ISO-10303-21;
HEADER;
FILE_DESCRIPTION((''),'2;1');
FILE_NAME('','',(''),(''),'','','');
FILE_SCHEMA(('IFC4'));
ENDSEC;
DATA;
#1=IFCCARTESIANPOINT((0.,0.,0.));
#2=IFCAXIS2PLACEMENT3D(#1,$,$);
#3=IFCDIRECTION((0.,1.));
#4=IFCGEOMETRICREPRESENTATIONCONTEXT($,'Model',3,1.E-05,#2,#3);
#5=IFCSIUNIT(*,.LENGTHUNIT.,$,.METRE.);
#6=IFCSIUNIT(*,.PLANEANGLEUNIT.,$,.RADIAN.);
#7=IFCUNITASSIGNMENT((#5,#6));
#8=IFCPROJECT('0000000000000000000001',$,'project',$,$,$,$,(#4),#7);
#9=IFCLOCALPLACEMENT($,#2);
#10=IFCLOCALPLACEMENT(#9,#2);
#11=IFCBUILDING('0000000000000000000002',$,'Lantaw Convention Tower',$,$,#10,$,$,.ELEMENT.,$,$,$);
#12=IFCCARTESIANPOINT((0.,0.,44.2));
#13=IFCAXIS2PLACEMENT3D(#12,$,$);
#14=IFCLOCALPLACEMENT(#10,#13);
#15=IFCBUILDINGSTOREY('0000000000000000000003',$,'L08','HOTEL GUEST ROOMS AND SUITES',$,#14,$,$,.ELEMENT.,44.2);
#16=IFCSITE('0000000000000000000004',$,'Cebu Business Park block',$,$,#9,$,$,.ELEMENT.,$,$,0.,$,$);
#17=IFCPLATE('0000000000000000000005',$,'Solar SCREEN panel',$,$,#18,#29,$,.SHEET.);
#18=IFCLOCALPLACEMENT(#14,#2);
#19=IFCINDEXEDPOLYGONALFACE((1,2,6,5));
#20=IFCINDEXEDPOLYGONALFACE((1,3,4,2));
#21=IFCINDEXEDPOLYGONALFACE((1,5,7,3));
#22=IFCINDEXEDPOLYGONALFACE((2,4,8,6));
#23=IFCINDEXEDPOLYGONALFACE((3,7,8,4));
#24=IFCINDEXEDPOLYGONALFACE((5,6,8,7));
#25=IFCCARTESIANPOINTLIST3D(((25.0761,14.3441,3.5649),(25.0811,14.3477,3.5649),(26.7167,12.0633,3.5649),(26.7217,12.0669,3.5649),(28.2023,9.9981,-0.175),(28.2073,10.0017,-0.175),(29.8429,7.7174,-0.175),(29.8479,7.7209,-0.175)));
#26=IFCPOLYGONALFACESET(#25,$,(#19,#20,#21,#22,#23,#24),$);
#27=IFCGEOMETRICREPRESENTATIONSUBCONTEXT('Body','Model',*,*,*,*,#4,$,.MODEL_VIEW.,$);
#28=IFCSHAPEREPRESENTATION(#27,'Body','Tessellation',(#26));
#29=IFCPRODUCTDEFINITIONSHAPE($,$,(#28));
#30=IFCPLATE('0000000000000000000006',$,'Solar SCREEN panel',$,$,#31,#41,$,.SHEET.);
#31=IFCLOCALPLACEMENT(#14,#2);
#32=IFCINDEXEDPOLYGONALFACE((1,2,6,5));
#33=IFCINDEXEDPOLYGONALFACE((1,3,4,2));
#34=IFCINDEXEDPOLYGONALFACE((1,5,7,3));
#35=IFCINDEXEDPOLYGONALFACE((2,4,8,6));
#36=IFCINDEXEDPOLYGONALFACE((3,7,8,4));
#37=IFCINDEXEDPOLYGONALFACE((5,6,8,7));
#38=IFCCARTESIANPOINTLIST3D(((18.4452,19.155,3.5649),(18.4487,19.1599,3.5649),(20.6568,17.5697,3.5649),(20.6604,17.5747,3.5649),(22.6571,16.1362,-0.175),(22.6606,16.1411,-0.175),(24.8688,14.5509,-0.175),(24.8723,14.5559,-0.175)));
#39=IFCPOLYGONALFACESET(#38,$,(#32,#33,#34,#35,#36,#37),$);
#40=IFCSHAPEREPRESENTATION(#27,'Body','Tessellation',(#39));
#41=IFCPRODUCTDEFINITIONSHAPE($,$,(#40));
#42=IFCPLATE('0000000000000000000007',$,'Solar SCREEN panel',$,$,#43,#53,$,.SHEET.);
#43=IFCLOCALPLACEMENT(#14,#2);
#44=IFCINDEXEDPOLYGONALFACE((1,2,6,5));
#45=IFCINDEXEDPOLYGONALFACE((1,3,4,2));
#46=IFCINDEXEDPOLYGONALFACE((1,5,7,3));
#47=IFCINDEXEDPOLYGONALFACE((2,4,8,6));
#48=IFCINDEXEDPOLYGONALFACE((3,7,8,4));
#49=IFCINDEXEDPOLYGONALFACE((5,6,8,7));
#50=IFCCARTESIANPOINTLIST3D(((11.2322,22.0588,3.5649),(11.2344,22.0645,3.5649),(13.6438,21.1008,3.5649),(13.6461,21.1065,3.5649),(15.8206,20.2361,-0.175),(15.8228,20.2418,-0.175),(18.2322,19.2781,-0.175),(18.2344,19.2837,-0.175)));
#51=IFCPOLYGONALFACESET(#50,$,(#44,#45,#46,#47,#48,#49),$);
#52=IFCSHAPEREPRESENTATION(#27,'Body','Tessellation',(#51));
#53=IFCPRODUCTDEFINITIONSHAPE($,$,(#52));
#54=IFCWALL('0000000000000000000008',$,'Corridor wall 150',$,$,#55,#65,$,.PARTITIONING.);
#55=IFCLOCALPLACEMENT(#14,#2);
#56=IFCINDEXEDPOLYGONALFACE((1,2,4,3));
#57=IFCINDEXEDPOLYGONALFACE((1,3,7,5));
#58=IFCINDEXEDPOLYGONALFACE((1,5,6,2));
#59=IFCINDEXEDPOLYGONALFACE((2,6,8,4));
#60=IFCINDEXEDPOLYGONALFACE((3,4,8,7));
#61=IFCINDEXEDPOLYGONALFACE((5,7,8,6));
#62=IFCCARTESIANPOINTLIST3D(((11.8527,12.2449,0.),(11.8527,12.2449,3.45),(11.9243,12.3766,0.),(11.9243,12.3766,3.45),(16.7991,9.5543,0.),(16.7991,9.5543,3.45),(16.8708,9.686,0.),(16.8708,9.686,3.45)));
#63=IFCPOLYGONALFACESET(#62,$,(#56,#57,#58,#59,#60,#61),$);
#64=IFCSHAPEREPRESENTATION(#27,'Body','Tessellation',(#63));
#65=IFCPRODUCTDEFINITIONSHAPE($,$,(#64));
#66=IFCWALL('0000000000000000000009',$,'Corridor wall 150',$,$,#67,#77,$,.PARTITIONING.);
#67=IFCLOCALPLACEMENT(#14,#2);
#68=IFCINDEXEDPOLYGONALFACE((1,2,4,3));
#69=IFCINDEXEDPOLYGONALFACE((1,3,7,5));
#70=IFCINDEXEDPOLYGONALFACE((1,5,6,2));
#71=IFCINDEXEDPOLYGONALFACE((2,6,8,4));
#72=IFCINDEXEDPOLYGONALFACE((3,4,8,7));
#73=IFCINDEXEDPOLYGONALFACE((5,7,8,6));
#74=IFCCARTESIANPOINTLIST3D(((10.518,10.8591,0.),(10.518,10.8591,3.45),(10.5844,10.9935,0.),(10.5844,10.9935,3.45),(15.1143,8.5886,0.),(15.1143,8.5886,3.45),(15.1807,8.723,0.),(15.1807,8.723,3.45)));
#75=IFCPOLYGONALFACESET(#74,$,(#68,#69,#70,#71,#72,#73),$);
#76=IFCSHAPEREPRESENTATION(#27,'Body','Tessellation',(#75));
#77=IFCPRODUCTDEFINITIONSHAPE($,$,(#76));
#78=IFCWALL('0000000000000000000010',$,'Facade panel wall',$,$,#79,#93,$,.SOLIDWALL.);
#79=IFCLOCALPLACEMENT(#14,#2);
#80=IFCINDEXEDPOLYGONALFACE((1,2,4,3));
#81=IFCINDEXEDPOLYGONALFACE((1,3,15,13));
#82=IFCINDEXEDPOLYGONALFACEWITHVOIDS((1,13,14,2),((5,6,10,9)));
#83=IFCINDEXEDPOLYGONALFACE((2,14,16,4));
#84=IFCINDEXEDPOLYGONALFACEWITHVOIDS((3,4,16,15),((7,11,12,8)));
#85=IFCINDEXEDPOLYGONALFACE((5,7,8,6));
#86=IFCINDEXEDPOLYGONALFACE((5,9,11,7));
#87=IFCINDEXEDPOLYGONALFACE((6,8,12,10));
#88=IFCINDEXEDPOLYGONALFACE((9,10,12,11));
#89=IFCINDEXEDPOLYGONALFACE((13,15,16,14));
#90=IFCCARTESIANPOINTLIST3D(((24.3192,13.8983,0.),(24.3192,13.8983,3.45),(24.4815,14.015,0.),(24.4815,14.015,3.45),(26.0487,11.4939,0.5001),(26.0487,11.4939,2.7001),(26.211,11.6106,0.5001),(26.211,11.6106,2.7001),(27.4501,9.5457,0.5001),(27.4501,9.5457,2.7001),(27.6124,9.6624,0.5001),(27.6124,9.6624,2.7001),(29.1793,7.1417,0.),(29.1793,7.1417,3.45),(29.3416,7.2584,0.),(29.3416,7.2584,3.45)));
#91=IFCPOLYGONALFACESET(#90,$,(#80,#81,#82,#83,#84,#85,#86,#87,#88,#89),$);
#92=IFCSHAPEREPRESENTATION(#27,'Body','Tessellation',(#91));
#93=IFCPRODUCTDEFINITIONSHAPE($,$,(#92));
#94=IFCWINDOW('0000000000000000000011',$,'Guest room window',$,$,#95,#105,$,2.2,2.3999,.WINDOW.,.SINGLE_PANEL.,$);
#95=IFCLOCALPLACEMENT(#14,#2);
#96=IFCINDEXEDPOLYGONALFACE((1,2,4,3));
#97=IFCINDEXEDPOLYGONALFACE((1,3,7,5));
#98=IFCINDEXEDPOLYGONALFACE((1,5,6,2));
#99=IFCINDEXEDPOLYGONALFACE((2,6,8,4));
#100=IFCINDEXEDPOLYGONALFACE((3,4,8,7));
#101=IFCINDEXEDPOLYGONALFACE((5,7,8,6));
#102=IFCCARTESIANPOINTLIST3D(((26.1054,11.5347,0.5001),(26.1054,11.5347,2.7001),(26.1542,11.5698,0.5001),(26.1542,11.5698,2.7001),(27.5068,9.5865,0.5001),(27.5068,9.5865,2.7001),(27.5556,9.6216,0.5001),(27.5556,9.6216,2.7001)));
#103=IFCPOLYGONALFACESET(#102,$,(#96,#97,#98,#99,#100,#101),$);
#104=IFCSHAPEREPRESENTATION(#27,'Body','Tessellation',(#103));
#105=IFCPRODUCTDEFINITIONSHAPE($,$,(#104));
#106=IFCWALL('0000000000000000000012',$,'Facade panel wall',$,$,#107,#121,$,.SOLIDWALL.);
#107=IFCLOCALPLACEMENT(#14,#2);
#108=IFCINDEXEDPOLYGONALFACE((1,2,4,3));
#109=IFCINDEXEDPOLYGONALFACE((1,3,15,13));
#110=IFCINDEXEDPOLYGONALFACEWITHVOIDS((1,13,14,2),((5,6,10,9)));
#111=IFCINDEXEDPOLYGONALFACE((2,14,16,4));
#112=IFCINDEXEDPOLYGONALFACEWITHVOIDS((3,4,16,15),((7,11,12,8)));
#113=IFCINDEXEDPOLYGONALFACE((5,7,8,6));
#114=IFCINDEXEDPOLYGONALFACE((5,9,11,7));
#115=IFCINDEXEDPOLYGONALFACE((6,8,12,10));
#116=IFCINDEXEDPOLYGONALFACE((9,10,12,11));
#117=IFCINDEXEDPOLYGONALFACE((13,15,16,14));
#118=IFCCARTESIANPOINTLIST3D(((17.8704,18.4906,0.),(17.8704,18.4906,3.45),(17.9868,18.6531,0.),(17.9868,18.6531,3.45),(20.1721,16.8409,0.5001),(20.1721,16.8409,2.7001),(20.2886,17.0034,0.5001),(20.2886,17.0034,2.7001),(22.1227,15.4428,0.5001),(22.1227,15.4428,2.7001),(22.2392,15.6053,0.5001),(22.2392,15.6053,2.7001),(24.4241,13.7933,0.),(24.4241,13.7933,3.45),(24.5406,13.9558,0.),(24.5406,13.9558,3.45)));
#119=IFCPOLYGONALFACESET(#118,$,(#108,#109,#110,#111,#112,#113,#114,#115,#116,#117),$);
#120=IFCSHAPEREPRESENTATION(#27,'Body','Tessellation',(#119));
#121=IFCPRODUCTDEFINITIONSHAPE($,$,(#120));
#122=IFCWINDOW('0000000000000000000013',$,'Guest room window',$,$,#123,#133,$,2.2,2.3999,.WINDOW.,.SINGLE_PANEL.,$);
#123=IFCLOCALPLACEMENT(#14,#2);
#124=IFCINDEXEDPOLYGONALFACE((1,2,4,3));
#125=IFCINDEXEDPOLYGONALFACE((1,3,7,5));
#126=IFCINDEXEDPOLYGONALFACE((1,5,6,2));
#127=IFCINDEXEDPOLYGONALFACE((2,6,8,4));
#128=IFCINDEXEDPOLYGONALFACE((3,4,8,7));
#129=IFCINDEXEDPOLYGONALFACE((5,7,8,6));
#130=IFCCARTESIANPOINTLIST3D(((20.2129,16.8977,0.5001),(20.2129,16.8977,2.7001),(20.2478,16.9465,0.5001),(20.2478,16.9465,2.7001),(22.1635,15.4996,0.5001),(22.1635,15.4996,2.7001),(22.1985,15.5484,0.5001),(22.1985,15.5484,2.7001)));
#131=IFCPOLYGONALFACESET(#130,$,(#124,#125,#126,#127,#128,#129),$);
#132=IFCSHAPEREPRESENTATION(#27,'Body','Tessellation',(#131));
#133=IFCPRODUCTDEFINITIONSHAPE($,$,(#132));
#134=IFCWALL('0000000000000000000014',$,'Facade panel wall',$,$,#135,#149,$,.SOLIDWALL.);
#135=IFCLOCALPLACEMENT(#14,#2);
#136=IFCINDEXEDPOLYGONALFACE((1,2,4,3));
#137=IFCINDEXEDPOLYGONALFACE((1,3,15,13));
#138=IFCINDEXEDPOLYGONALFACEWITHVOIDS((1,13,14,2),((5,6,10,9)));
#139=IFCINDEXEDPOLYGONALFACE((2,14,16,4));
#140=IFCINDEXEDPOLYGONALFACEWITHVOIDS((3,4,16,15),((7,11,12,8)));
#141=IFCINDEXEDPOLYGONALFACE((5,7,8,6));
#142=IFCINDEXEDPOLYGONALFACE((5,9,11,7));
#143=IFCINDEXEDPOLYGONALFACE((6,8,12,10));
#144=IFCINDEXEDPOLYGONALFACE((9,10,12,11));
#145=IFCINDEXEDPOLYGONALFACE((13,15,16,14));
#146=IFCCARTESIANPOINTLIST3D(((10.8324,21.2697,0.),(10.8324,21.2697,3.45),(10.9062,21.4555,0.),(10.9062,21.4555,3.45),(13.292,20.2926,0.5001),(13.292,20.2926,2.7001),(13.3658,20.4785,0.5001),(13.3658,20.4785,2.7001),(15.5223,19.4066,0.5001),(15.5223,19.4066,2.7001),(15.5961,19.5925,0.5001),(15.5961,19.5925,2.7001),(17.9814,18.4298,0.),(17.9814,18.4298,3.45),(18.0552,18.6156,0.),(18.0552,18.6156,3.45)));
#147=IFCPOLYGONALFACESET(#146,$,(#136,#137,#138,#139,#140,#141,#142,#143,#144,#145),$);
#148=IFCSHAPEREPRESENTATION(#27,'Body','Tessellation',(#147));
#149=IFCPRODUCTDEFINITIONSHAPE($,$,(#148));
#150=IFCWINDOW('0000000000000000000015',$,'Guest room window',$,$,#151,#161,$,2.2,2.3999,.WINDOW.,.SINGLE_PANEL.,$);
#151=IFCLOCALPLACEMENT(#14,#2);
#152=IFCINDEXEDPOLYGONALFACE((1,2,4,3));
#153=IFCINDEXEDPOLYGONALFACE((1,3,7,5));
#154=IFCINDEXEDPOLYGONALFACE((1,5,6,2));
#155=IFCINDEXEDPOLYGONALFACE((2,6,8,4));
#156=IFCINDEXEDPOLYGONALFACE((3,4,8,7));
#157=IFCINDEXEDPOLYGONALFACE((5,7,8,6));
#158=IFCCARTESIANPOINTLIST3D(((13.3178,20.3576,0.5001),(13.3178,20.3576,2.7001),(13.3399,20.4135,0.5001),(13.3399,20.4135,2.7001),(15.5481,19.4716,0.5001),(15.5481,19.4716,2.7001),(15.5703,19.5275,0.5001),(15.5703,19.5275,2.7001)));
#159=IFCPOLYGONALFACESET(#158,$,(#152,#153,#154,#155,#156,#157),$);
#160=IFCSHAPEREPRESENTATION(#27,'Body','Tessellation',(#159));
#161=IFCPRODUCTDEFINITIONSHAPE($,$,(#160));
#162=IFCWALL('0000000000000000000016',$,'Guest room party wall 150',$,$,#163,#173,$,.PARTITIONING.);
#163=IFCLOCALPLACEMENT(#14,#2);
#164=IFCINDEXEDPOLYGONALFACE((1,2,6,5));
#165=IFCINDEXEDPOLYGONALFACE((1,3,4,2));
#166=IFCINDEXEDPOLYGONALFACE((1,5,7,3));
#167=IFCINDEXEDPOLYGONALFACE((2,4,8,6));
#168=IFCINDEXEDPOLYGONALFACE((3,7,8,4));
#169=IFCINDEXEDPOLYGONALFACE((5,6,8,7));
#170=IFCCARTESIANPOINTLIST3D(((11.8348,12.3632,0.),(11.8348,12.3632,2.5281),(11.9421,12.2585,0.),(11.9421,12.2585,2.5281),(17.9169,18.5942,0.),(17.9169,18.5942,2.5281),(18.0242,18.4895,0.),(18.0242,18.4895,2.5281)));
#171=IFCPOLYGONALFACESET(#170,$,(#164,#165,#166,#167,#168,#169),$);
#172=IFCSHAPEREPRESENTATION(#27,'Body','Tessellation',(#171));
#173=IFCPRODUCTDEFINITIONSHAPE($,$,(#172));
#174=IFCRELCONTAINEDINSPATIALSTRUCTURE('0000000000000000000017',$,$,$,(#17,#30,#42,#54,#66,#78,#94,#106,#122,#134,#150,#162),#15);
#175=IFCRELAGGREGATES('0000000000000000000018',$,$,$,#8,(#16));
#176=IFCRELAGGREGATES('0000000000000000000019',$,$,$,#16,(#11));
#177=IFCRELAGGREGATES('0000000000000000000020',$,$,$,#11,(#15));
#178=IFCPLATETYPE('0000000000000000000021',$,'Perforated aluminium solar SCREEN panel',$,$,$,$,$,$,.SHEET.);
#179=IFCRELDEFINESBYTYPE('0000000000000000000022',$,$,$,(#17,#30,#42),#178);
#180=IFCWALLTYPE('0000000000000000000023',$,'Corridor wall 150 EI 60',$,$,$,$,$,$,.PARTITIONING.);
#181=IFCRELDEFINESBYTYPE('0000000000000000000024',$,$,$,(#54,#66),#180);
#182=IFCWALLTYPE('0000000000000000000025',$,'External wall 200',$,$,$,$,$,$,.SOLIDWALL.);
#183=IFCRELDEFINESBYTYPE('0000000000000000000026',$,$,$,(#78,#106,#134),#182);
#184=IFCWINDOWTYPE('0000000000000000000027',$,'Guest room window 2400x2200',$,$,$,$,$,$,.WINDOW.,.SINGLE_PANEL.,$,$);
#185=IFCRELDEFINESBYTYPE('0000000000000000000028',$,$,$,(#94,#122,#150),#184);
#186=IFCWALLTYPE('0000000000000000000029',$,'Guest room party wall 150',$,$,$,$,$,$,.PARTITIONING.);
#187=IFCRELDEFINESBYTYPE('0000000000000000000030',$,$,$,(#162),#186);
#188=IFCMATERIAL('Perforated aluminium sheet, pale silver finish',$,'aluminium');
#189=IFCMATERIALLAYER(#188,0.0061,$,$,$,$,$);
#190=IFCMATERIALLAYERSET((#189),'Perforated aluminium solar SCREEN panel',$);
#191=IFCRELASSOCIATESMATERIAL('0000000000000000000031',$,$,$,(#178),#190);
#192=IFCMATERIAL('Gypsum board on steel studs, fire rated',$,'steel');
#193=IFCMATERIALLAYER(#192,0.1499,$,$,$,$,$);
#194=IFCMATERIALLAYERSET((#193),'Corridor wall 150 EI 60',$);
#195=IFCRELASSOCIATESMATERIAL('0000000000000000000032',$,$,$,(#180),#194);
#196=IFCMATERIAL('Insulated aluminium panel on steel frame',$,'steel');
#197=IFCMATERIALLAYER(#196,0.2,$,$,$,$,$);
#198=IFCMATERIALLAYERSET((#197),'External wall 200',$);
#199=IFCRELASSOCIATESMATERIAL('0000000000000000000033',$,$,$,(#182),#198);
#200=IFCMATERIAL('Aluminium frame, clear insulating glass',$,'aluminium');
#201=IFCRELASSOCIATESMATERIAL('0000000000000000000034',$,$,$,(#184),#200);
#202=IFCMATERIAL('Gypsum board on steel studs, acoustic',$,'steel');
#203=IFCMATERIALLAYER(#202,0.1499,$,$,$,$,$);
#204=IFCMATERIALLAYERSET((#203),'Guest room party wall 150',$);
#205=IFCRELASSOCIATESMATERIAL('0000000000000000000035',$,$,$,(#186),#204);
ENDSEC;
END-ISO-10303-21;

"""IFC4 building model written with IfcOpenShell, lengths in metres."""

from ifc_helpers import new_model, si_unit, direction, frame, frame_2d, origin, place, context, subcontext, project, spatial, polyline, rectangle, outline, extrude, material, layer, layer_set, type_object, element, fill, save


model = new_model("IFC4")

# Units and contexts
model_context = context("Model", 3, precision=1e-05, world=origin(), true_north=direction((0.0, 1.0)))
body_context = subcontext(model_context, "Body", "Model", "MODEL_VIEW")
ifc_project = project(units=[si_unit("LENGTHUNIT", "METRE"), si_unit("PLANEANGLEUNIT", "RADIAN")], contexts=[model_context])

# Site, building, storey
site_placement = place(None, origin())
site = spatial("IfcSite", under=ifc_project, at=site_placement, Name="Cebu Business Park block", CompositionType="ELEMENT", RefElevation=0.0)
building_placement = place(site_placement, origin())
building = spatial("IfcBuilding", under=site, at=building_placement, Name="Lantaw Convention Tower", CompositionType="ELEMENT")
storey_placement = place(building_placement, frame((0.0, 0.0, 44.2)))
storey = spatial("IfcBuildingStorey", under=building, at=storey_placement, Name="L08", Description="HOTEL GUEST ROOMS AND SUITES", CompositionType="ELEMENT", Elevation=44.2)

# Plates
ifc_material_1 = material(Name="Perforated aluminium sheet, pale silver finish", Category="aluminium")
ifc_layer_1 = layer(ifc_material_1, 0.0061)
ifc_layer_set_1 = layer_set([ifc_layer_1], Name="Perforated aluminium solar SCREEN panel")
plate_type = type_object("IfcPlateType", Name="Perforated aluminium solar SCREEN panel", PredefinedType="SHEET", material=ifc_layer_set_1)
plate_1_placement = place(storey_placement, frame((29.8479, 7.7209, -0.175), z_axis=(0.811791, 0.583948, 0.000009), x_axis=(-0.583948, 0.811791, 0.0)))
element("IfcPlate", 1, at=plate_1_placement, inside=storey, type_object=plate_type, Name="Solar SCREEN panel", PredefinedType="SHEET", context=body_context, shape_type="SweptSolid", body=[
    extrude(outline(polyline([(0.0, 0.0), (2.8095, 0.0), (8.1631, 3.74), (5.3536, 3.74), (0.0, 0.0)])), origin(), (0.0, 0.0, -1.0), 0.0061),
])
plate_2_placement = place(storey_placement, frame((24.8723, 14.5559, -0.175), z_axis=(0.582561, 0.812787, 0.000016), x_axis=(-0.812787, 0.582561, 0.0)))
element("IfcPlate", 2, at=plate_2_placement, inside=storey, type_object=plate_type, Name="Solar SCREEN panel", PredefinedType="SHEET", context=body_context, shape_type="SweptSolid", body=[
    extrude(outline(polyline([(0.0, 0.0), (2.7211, 0.0), (7.9031, 3.74), (5.182, 3.74), (0.0, 0.0)])), origin(), (0.0, 0.0, -1.0), 0.0061),
])
plate_3_placement = place(storey_placement, frame((18.2322, 19.2781, -0.175), z_axis=(-0.369184, -0.929357, 0.000009), x_axis=(-0.929357, 0.369184, 0.0)))
element("IfcPlate", 3, at=plate_3_placement, inside=storey, type_object=plate_type, Name="Solar SCREEN panel", PredefinedType="SHEET", context=body_context, shape_type="SweptSolid", body=[
    extrude(outline(polyline([(0.0, 0.0), (2.5949, 0.0), (7.5321, -3.74), (4.9372, -3.74), (0.0, 0.0)])), origin(), (0.0, 0.0, -1.0), 0.0061),
])

# Walls
ifc_material_2 = material(Name="Gypsum board on steel studs, fire rated", Category="steel")
ifc_layer_2 = layer(ifc_material_2, 0.1499)
ifc_layer_set_2 = layer_set([ifc_layer_2], Name="Corridor wall 150 EI 60")
wall_type_1 = type_object("IfcWallType", Name="Corridor wall 150 EI 60", PredefinedType="PARTITIONING", material=ifc_layer_set_2)
wall_1_placement = place(storey_placement, frame((16.835, 9.6201, 0.0), z_axis=(0.0, 0.0, 1.0), x_axis=(-0.87845, 0.477834, 0.0)))
element("IfcWall", 4, at=wall_1_placement, inside=storey, type_object=wall_type_1, Name="Corridor wall 150", PredefinedType="PARTITIONING", context=body_context, shape_type="SweptSolid", body=[
    extrude(rectangle(XDim=5.6309, YDim=0.1499, at=frame_2d((2.8154, 0.0))), origin(), (0.0, 0.0, 1.0), 3.45),
])
wall_2_placement = place(storey_placement, frame((15.1475, 8.6558, 0.0), z_axis=(0.0, 0.0, 1.0), x_axis=(-0.896569, 0.442903, 0.0)))
element("IfcWall", 5, at=wall_2_placement, inside=storey, type_object=wall_type_1, Name="Corridor wall 150", PredefinedType="PARTITIONING", context=body_context, shape_type="SweptSolid", body=[
    extrude(rectangle(XDim=5.1265, YDim=0.1499, at=frame_2d((2.5632, 0.0))), origin(), (0.0, 0.0, 1.0), 3.45),
])

# Walls, openings, windows
ifc_material_3 = material(Name="Insulated aluminium panel on steel frame", Category="steel")
ifc_layer_3 = layer(ifc_material_3, 0.2)
ifc_layer_set_3 = layer_set([ifc_layer_3], Name="External wall 200")
wall_type_2 = type_object("IfcWallType", Name="External wall 200", PredefinedType="SOLIDWALL", material=ifc_layer_set_3)
wall_3_placement = place(storey_placement, frame((29.2605, 7.2, 0.0), z_axis=(0.0, 0.0, 1.0), x_axis=(-0.583938, 0.811799, 0.0)))
wall_3 = element("IfcWall", 6, at=wall_3_placement, inside=storey, type_object=wall_type_2, Name="Facade panel wall", PredefinedType="SOLIDWALL", context=body_context, shape_type="SweptSolid", body=[
    extrude(rectangle(XDim=8.323, YDim=0.2, at=frame_2d((4.1616, 0.0))), origin(), (0.0, 0.0, 1.0), 3.45),
])
opening_1_placement = place(wall_3_placement, frame((2.9614, 0.0, 0.5)))
opening_1 = element("IfcOpeningElement", 7, at=opening_1_placement, cuts=wall_3, PredefinedType="OPENING", context=body_context, shape_type="SweptSolid", body=[
    extrude(rectangle(XDim=2.3999, YDim=2.2, at=frame_2d((1.2, 1.1001))), frame((0.0, 0.1099, 0.0), z_axis=(0.0, -1.0, 0.0), x_axis=(1.0, 0.0, 0.0)), (0.0, 0.0, 1.0), 0.22),
])
ifc_material_4 = material(Name="Aluminium frame, clear insulating glass", Category="aluminium")
window_type = type_object("IfcWindowType", Name="Guest room window 2400x2200", PartitioningType="SINGLE_PANEL", PredefinedType="WINDOW", material=ifc_material_4)
window_1_placement = place(opening_1_placement, origin())
window_1 = element("IfcWindow", 8, at=window_1_placement, inside=storey, type_object=window_type, Name="Guest room window", OverallHeight=2.2, OverallWidth=2.3999, PartitioningType="SINGLE_PANEL", PredefinedType="WINDOW", context=body_context, shape_type="SweptSolid", body=[
    extrude(rectangle(XDim=2.3999, YDim=2.2, at=frame_2d((1.2, 1.1001))), frame((0.0, 0.03, 0.0), z_axis=(0.0, -1.0, 0.0), x_axis=(1.0, 0.0, 0.0)), (0.0, 0.0, 1.0), 0.0601),
])
fill(opening_1, window_1)
wall_4_placement = place(storey_placement, frame((24.4824, 13.8745, 0.0), z_axis=(0.0, 0.0, 1.0), x_axis=(-0.812791, 0.582555, 0.0)))
wall_4 = element("IfcWall", 9, at=wall_4_placement, inside=storey, type_object=wall_type_2, Name="Facade panel wall", PredefinedType="SOLIDWALL", context=body_context, shape_type="SweptSolid", body=[
    extrude(rectangle(XDim=8.0632, YDim=0.2, at=frame_2d((4.0317, 0.0))), origin(), (0.0, 0.0, 1.0), 3.45),
])
opening_2_placement = place(wall_4_placement, frame((2.8315, 0.0, 0.5)))
opening_2 = element("IfcOpeningElement", 10, at=opening_2_placement, cuts=wall_4, PredefinedType="OPENING", context=body_context, shape_type="SweptSolid", body=[
    extrude(rectangle(XDim=2.3999, YDim=2.2, at=frame_2d((1.2, 1.1001))), frame((0.0, 0.1099, 0.0), z_axis=(0.0, -1.0, 0.0), x_axis=(1.0, 0.0, 0.0)), (0.0, 0.0, 1.0), 0.22),
])
window_2_placement = place(opening_2_placement, origin())
window_2 = element("IfcWindow", 11, at=window_2_placement, inside=storey, type_object=window_type, Name="Guest room window", OverallHeight=2.2, OverallWidth=2.3999, PartitioningType="SINGLE_PANEL", PredefinedType="WINDOW", context=body_context, shape_type="SweptSolid", body=[
    extrude(rectangle(XDim=2.3999, YDim=2.2, at=frame_2d((1.2, 1.1001))), frame((0.0, 0.03, 0.0), z_axis=(0.0, -1.0, 0.0), x_axis=(1.0, 0.0, 0.0)), (0.0, 0.0, 1.0), 0.0601),
])
fill(opening_2, window_2)
wall_5_placement = place(storey_placement, frame((18.0183, 18.5227, 0.0), z_axis=(0.0, 0.0, 1.0), x_axis=(-0.929358, 0.369179, 0.0)))
wall_5 = element("IfcWall", 12, at=wall_5_placement, inside=storey, type_object=wall_type_2, Name="Facade panel wall", PredefinedType="SOLIDWALL", context=body_context, shape_type="SweptSolid", body=[
    extrude(rectangle(XDim=7.6924, YDim=0.2, at=frame_2d((3.8462, 0.0))), origin(), (0.0, 0.0, 1.0), 3.45),
])
opening_3_placement = place(wall_5_placement, frame((2.646, 0.0, 0.5)))
opening_3 = element("IfcOpeningElement", 13, at=opening_3_placement, cuts=wall_5, PredefinedType="OPENING", context=body_context, shape_type="SweptSolid", body=[
    extrude(rectangle(XDim=2.3999, YDim=2.2, at=frame_2d((1.2, 1.1001))), frame((0.0, 0.1099, 0.0), z_axis=(0.0, -1.0, 0.0), x_axis=(1.0, 0.0, 0.0)), (0.0, 0.0, 1.0), 0.22),
])
window_3_placement = place(opening_3_placement, origin())
window_3 = element("IfcWindow", 14, at=window_3_placement, inside=storey, type_object=window_type, Name="Guest room window", OverallHeight=2.2, OverallWidth=2.3999, PartitioningType="SINGLE_PANEL", PredefinedType="WINDOW", context=body_context, shape_type="SweptSolid", body=[
    extrude(rectangle(XDim=2.3999, YDim=2.2, at=frame_2d((1.2, 1.1001))), frame((0.0, 0.03, 0.0), z_axis=(0.0, -1.0, 0.0), x_axis=(1.0, 0.0, 0.0)), (0.0, 0.0, 1.0), 0.0601),
])
fill(opening_3, window_3)

# Wall
ifc_material_5 = material(Name="Gypsum board on steel studs, acoustic", Category="steel")
ifc_layer_4 = layer(ifc_material_5, 0.1499)
ifc_layer_set_4 = layer_set([ifc_layer_4], Name="Guest room party wall 150")
wall_type_3 = type_object("IfcWallType", Name="Guest room party wall 150", PredefinedType="PARTITIONING", material=ifc_layer_set_4)
wall_6_placement = place(storey_placement, frame((17.9705, 18.5417, 0.0), z_axis=(0.0, 0.0, 1.0), x_axis=(-0.698503, -0.715607, 0.0)))
element("IfcWall", 15, at=wall_6_placement, inside=storey, type_object=wall_type_3, Name="Guest room party wall 150", PredefinedType="PARTITIONING", context=body_context, shape_type="SweptSolid", body=[
    extrude(rectangle(XDim=8.7073, YDim=0.1499, at=frame_2d((4.3535, 0.0))), origin(), (0.0, 0.0, 1.0), 2.5281),
])

save(model, "model.ifc")
